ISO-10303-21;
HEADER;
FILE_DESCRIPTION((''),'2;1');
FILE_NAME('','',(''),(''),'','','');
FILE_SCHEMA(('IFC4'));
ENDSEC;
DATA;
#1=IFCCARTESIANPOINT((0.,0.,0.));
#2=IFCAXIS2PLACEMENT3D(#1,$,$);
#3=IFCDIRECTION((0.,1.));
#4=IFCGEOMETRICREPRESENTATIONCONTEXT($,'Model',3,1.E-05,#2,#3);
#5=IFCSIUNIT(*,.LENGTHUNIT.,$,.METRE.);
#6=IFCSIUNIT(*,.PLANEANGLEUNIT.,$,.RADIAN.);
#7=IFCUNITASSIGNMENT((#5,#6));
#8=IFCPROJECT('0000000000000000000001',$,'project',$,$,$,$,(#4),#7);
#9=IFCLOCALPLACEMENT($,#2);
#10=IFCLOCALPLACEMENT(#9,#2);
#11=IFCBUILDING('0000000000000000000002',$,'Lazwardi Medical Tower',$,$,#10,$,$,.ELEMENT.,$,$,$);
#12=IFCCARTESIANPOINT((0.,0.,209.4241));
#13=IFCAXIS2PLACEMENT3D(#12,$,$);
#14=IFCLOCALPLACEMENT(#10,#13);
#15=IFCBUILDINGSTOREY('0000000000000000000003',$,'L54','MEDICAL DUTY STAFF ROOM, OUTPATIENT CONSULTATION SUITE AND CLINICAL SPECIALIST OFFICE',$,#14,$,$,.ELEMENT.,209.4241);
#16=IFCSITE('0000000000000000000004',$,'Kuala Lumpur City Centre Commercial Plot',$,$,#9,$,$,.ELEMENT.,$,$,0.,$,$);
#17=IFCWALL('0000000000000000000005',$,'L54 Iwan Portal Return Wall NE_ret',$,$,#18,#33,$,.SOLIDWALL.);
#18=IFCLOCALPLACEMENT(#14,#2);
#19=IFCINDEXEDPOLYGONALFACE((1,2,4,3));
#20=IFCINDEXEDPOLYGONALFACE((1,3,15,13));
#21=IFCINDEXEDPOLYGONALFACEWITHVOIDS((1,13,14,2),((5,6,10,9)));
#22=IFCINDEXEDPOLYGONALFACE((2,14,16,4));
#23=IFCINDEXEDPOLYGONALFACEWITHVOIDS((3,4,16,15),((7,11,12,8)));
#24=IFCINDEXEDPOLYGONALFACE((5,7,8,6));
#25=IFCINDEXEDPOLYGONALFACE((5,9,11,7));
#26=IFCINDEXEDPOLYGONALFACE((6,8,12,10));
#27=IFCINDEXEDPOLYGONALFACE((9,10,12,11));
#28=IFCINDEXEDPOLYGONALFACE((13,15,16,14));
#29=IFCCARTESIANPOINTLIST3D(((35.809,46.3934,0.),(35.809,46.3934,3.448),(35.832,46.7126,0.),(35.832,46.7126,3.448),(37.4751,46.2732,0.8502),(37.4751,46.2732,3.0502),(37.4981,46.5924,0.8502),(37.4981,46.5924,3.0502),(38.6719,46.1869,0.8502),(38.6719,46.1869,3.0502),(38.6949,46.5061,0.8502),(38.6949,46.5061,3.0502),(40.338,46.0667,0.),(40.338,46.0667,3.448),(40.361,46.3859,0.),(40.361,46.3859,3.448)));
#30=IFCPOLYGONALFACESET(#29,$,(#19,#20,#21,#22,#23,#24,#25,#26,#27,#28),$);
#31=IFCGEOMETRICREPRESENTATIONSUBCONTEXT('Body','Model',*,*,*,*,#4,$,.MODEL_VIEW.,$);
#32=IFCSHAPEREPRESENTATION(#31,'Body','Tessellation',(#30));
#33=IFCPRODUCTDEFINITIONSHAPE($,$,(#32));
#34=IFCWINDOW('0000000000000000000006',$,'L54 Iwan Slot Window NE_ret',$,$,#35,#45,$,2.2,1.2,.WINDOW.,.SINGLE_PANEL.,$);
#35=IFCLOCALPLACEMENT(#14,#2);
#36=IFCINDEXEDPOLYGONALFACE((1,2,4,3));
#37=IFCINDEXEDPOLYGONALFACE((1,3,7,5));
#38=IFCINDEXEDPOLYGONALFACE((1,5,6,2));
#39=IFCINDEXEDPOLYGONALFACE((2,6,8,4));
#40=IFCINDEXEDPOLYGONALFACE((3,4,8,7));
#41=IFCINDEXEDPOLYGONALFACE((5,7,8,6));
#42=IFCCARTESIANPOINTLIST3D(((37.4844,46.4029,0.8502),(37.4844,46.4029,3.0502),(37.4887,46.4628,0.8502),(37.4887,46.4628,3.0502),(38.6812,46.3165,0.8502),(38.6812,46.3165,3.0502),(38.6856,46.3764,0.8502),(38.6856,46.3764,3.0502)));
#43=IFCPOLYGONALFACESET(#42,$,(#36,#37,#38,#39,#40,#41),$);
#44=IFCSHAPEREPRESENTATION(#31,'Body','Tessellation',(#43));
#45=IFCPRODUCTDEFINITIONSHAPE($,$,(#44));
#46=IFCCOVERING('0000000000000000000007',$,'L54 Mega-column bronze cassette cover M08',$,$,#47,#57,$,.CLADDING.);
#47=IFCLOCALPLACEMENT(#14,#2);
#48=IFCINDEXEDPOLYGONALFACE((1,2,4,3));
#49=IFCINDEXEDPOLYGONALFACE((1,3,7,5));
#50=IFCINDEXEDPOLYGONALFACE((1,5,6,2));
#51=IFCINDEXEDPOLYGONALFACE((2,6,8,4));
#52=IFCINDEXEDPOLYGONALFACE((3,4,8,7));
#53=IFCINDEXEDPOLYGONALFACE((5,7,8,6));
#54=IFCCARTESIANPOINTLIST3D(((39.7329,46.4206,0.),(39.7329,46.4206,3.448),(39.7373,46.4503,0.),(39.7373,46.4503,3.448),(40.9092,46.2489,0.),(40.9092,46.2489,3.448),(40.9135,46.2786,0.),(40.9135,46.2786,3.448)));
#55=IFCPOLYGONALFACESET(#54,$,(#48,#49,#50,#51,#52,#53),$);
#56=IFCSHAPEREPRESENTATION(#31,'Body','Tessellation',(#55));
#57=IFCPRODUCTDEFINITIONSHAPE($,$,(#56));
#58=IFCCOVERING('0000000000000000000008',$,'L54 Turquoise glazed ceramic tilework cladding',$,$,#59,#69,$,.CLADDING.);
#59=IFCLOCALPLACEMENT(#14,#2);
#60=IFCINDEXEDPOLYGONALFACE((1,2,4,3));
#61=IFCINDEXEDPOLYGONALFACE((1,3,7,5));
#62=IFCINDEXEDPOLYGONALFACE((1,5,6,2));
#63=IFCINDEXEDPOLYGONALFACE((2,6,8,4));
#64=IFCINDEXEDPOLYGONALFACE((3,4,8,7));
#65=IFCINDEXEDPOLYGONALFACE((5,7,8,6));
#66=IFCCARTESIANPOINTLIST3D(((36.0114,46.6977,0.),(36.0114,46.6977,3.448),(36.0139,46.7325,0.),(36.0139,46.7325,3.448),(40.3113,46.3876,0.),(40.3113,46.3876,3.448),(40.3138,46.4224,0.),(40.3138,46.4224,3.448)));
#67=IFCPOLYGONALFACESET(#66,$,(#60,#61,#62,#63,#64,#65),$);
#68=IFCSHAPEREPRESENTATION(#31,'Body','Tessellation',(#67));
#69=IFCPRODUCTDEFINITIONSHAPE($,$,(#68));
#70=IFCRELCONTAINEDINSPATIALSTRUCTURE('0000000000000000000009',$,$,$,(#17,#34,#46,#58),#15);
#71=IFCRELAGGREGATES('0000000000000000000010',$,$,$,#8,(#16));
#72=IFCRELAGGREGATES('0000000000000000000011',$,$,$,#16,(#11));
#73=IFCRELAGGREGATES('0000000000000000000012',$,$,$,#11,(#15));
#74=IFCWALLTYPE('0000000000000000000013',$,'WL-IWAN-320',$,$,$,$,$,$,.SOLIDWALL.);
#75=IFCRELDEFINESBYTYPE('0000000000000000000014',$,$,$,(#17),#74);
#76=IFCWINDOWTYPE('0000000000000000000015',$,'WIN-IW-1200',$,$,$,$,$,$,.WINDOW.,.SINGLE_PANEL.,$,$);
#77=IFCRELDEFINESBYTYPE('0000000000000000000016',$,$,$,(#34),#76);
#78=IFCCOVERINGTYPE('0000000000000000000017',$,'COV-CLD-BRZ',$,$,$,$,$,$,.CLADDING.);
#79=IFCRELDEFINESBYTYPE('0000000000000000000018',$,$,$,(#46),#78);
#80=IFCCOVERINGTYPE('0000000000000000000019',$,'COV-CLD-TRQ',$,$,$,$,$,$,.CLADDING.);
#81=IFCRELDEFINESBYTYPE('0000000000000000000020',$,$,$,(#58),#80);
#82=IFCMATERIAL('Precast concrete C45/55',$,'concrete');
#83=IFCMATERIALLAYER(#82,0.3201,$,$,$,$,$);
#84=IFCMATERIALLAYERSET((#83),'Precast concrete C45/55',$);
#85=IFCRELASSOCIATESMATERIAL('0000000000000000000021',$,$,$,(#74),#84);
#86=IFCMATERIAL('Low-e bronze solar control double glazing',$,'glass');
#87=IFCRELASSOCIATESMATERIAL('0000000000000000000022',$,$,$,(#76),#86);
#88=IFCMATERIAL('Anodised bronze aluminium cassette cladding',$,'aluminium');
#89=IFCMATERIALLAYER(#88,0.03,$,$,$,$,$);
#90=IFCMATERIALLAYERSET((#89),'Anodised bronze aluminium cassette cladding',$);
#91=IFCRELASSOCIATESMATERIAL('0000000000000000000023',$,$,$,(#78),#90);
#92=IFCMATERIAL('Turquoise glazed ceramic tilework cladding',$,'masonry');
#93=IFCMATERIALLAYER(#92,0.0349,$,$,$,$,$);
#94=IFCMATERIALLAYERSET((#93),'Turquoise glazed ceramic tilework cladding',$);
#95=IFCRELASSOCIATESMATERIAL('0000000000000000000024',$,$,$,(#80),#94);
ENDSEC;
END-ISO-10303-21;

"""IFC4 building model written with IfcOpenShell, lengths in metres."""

from ifc_helpers import new_model, si_unit, direction, frame, frame_2d, origin, origin_2d, place, context, subcontext, project, spatial, rectangle, extrude, material, layer, layer_set, type_object, element, fill, save


model = new_model("IFC4")

# Units and contexts
model_context = context("Model", 3, precision=1e-05, world=origin(), true_north=direction((0.0, 1.0)))
body_context = subcontext(model_context, "Body", "Model", "MODEL_VIEW")
ifc_project = project(units=[si_unit("LENGTHUNIT", "METRE"), si_unit("PLANEANGLEUNIT", "RADIAN")], contexts=[model_context])

# Site, building, storey
site_placement = place(None, origin())
site = spatial("IfcSite", under=ifc_project, at=site_placement, Name="Kuala Lumpur City Centre Commercial Plot", CompositionType="ELEMENT", RefElevation=0.0)
building_placement = place(site_placement, origin())
building = spatial("IfcBuilding", under=site, at=building_placement, Name="Lazwardi Medical Tower", CompositionType="ELEMENT")
storey_placement = place(building_placement, frame((0.0, 0.0, 209.4241)))
storey = spatial("IfcBuildingStorey", under=building, at=storey_placement, Name="L54", Description="MEDICAL DUTY STAFF ROOM, OUTPATIENT CONSULTATION SUITE AND CLINICAL SPECIALIST OFFICE", CompositionType="ELEMENT", Elevation=209.4241)

# Shared definitions
ifc_material_1 = material(Name="Low-e bronze solar control double glazing", Category="glass")

# Wall, opening, window
ifc_material_2 = material(Name="Precast concrete C45/55", Category="concrete")
ifc_layer_1 = layer(ifc_material_2, 0.3201)
ifc_layer_set_1 = layer_set([ifc_layer_1], Name="Precast concrete C45/55")
wall_type = type_object("IfcWallType", Name="WL-IWAN-320", PredefinedType="SOLIDWALL", material=ifc_layer_set_1)
wall_placement = place(storey_placement, frame((40.3496, 46.2263, 0.0), z_axis=(0.0, 0.0, 1.0), x_axis=(-0.997409, 0.071939, 0.0)))
wall = element("IfcWall", 1, at=wall_placement, inside=storey, type_object=wall_type, Name="L54 Iwan Portal Return Wall NE_ret", PredefinedType="SOLIDWALL", context=body_context, shape_type="SweptSolid", body=[
    extrude(rectangle(XDim=4.5408, YDim=0.3201, at=frame_2d((2.2705, 0.0))), origin(), (0.0, 0.0, 1.0), 3.448),
])
opening_placement = place(wall_placement, frame((1.6704, 0.0, 0.8501)))
opening = element("IfcOpeningElement", 2, at=opening_placement, cuts=wall, PredefinedType="OPENING", context=body_context, shape_type="SweptSolid", body=[
    extrude(rectangle(XDim=1.2, YDim=2.2, at=frame_2d((0.6001, 1.1001))), frame((0.0, 0.1699, 0.0), z_axis=(0.0, -1.0, 0.0), x_axis=(1.0, 0.0, 0.0)), (0.0, 0.0, 1.0), 0.3401),
])
window_type = type_object("IfcWindowType", Name="WIN-IW-1200", PartitioningType="SINGLE_PANEL", PredefinedType="WINDOW", material=ifc_material_1)
window_placement = place(opening_placement, origin())
window = element("IfcWindow", 3, at=window_placement, inside=storey, type_object=window_type, Name="L54 Iwan Slot Window NE_ret", OverallHeight=2.2, OverallWidth=1.2, PartitioningType="SINGLE_PANEL", PredefinedType="WINDOW", context=body_context, shape_type="SweptSolid", body=[
    extrude(rectangle(XDim=1.2, YDim=2.2, at=frame_2d((0.6001, 1.1001))), frame((0.0, 0.03, 0.0), z_axis=(0.0, -1.0, 0.0), x_axis=(1.0, 0.0, 0.0)), (0.0, 0.0, 1.0), 0.0601),
])
fill(opening, window)

# Coverings
ifc_material_3 = material(Name="Anodised bronze aluminium cassette cladding", Category="aluminium")
ifc_layer_2 = layer(ifc_material_3, 0.03)
ifc_layer_set_2 = layer_set([ifc_layer_2], Name="Anodised bronze aluminium cassette cladding")
covering_type_1 = type_object("IfcCoveringType", Name="COV-CLD-BRZ", PredefinedType="CLADDING", material=ifc_layer_set_2)
covering_1_placement = place(storey_placement, frame((40.3232, 46.3496, 0.0), z_axis=(0.0, 0.0, 1.0), x_axis=(-0.989512, 0.144448, 0.0)))
element("IfcCovering", 4, at=covering_1_placement, inside=storey, type_object=covering_type_1, Name="L54 Mega-column bronze cassette cover M08", PredefinedType="CLADDING", context=body_context, shape_type="SweptSolid", body=[
    extrude(rectangle(XDim=1.1887, YDim=0.03, at=origin_2d()), origin(), (0.0, 0.0, 1.0), 3.448),
])
ifc_material_4 = material(Name="Turquoise glazed ceramic tilework cladding", Category="masonry")
ifc_layer_3 = layer(ifc_material_4, 0.0349)
ifc_layer_set_3 = layer_set([ifc_layer_3], Name="Turquoise glazed ceramic tilework cladding")
covering_type_2 = type_object("IfcCoveringType", Name="COV-CLD-TRQ", PredefinedType="CLADDING", material=ifc_layer_set_3)
covering_2_placement = place(storey_placement, frame((38.1626, 46.5601, 0.0), z_axis=(0.0, 0.0, 1.0), x_axis=(-0.997409, 0.071933, 0.0)))
element("IfcCovering", 5, at=covering_2_placement, inside=storey, type_object=covering_type_2, Name="L54 Turquoise glazed ceramic tilework cladding", PredefinedType="CLADDING", context=body_context, shape_type="SweptSolid", body=[
    extrude(rectangle(XDim=4.311, YDim=0.0349, at=origin_2d()), origin(), (0.0, 0.0, 1.0), 3.448),
])

save(model, "model.ifc")
